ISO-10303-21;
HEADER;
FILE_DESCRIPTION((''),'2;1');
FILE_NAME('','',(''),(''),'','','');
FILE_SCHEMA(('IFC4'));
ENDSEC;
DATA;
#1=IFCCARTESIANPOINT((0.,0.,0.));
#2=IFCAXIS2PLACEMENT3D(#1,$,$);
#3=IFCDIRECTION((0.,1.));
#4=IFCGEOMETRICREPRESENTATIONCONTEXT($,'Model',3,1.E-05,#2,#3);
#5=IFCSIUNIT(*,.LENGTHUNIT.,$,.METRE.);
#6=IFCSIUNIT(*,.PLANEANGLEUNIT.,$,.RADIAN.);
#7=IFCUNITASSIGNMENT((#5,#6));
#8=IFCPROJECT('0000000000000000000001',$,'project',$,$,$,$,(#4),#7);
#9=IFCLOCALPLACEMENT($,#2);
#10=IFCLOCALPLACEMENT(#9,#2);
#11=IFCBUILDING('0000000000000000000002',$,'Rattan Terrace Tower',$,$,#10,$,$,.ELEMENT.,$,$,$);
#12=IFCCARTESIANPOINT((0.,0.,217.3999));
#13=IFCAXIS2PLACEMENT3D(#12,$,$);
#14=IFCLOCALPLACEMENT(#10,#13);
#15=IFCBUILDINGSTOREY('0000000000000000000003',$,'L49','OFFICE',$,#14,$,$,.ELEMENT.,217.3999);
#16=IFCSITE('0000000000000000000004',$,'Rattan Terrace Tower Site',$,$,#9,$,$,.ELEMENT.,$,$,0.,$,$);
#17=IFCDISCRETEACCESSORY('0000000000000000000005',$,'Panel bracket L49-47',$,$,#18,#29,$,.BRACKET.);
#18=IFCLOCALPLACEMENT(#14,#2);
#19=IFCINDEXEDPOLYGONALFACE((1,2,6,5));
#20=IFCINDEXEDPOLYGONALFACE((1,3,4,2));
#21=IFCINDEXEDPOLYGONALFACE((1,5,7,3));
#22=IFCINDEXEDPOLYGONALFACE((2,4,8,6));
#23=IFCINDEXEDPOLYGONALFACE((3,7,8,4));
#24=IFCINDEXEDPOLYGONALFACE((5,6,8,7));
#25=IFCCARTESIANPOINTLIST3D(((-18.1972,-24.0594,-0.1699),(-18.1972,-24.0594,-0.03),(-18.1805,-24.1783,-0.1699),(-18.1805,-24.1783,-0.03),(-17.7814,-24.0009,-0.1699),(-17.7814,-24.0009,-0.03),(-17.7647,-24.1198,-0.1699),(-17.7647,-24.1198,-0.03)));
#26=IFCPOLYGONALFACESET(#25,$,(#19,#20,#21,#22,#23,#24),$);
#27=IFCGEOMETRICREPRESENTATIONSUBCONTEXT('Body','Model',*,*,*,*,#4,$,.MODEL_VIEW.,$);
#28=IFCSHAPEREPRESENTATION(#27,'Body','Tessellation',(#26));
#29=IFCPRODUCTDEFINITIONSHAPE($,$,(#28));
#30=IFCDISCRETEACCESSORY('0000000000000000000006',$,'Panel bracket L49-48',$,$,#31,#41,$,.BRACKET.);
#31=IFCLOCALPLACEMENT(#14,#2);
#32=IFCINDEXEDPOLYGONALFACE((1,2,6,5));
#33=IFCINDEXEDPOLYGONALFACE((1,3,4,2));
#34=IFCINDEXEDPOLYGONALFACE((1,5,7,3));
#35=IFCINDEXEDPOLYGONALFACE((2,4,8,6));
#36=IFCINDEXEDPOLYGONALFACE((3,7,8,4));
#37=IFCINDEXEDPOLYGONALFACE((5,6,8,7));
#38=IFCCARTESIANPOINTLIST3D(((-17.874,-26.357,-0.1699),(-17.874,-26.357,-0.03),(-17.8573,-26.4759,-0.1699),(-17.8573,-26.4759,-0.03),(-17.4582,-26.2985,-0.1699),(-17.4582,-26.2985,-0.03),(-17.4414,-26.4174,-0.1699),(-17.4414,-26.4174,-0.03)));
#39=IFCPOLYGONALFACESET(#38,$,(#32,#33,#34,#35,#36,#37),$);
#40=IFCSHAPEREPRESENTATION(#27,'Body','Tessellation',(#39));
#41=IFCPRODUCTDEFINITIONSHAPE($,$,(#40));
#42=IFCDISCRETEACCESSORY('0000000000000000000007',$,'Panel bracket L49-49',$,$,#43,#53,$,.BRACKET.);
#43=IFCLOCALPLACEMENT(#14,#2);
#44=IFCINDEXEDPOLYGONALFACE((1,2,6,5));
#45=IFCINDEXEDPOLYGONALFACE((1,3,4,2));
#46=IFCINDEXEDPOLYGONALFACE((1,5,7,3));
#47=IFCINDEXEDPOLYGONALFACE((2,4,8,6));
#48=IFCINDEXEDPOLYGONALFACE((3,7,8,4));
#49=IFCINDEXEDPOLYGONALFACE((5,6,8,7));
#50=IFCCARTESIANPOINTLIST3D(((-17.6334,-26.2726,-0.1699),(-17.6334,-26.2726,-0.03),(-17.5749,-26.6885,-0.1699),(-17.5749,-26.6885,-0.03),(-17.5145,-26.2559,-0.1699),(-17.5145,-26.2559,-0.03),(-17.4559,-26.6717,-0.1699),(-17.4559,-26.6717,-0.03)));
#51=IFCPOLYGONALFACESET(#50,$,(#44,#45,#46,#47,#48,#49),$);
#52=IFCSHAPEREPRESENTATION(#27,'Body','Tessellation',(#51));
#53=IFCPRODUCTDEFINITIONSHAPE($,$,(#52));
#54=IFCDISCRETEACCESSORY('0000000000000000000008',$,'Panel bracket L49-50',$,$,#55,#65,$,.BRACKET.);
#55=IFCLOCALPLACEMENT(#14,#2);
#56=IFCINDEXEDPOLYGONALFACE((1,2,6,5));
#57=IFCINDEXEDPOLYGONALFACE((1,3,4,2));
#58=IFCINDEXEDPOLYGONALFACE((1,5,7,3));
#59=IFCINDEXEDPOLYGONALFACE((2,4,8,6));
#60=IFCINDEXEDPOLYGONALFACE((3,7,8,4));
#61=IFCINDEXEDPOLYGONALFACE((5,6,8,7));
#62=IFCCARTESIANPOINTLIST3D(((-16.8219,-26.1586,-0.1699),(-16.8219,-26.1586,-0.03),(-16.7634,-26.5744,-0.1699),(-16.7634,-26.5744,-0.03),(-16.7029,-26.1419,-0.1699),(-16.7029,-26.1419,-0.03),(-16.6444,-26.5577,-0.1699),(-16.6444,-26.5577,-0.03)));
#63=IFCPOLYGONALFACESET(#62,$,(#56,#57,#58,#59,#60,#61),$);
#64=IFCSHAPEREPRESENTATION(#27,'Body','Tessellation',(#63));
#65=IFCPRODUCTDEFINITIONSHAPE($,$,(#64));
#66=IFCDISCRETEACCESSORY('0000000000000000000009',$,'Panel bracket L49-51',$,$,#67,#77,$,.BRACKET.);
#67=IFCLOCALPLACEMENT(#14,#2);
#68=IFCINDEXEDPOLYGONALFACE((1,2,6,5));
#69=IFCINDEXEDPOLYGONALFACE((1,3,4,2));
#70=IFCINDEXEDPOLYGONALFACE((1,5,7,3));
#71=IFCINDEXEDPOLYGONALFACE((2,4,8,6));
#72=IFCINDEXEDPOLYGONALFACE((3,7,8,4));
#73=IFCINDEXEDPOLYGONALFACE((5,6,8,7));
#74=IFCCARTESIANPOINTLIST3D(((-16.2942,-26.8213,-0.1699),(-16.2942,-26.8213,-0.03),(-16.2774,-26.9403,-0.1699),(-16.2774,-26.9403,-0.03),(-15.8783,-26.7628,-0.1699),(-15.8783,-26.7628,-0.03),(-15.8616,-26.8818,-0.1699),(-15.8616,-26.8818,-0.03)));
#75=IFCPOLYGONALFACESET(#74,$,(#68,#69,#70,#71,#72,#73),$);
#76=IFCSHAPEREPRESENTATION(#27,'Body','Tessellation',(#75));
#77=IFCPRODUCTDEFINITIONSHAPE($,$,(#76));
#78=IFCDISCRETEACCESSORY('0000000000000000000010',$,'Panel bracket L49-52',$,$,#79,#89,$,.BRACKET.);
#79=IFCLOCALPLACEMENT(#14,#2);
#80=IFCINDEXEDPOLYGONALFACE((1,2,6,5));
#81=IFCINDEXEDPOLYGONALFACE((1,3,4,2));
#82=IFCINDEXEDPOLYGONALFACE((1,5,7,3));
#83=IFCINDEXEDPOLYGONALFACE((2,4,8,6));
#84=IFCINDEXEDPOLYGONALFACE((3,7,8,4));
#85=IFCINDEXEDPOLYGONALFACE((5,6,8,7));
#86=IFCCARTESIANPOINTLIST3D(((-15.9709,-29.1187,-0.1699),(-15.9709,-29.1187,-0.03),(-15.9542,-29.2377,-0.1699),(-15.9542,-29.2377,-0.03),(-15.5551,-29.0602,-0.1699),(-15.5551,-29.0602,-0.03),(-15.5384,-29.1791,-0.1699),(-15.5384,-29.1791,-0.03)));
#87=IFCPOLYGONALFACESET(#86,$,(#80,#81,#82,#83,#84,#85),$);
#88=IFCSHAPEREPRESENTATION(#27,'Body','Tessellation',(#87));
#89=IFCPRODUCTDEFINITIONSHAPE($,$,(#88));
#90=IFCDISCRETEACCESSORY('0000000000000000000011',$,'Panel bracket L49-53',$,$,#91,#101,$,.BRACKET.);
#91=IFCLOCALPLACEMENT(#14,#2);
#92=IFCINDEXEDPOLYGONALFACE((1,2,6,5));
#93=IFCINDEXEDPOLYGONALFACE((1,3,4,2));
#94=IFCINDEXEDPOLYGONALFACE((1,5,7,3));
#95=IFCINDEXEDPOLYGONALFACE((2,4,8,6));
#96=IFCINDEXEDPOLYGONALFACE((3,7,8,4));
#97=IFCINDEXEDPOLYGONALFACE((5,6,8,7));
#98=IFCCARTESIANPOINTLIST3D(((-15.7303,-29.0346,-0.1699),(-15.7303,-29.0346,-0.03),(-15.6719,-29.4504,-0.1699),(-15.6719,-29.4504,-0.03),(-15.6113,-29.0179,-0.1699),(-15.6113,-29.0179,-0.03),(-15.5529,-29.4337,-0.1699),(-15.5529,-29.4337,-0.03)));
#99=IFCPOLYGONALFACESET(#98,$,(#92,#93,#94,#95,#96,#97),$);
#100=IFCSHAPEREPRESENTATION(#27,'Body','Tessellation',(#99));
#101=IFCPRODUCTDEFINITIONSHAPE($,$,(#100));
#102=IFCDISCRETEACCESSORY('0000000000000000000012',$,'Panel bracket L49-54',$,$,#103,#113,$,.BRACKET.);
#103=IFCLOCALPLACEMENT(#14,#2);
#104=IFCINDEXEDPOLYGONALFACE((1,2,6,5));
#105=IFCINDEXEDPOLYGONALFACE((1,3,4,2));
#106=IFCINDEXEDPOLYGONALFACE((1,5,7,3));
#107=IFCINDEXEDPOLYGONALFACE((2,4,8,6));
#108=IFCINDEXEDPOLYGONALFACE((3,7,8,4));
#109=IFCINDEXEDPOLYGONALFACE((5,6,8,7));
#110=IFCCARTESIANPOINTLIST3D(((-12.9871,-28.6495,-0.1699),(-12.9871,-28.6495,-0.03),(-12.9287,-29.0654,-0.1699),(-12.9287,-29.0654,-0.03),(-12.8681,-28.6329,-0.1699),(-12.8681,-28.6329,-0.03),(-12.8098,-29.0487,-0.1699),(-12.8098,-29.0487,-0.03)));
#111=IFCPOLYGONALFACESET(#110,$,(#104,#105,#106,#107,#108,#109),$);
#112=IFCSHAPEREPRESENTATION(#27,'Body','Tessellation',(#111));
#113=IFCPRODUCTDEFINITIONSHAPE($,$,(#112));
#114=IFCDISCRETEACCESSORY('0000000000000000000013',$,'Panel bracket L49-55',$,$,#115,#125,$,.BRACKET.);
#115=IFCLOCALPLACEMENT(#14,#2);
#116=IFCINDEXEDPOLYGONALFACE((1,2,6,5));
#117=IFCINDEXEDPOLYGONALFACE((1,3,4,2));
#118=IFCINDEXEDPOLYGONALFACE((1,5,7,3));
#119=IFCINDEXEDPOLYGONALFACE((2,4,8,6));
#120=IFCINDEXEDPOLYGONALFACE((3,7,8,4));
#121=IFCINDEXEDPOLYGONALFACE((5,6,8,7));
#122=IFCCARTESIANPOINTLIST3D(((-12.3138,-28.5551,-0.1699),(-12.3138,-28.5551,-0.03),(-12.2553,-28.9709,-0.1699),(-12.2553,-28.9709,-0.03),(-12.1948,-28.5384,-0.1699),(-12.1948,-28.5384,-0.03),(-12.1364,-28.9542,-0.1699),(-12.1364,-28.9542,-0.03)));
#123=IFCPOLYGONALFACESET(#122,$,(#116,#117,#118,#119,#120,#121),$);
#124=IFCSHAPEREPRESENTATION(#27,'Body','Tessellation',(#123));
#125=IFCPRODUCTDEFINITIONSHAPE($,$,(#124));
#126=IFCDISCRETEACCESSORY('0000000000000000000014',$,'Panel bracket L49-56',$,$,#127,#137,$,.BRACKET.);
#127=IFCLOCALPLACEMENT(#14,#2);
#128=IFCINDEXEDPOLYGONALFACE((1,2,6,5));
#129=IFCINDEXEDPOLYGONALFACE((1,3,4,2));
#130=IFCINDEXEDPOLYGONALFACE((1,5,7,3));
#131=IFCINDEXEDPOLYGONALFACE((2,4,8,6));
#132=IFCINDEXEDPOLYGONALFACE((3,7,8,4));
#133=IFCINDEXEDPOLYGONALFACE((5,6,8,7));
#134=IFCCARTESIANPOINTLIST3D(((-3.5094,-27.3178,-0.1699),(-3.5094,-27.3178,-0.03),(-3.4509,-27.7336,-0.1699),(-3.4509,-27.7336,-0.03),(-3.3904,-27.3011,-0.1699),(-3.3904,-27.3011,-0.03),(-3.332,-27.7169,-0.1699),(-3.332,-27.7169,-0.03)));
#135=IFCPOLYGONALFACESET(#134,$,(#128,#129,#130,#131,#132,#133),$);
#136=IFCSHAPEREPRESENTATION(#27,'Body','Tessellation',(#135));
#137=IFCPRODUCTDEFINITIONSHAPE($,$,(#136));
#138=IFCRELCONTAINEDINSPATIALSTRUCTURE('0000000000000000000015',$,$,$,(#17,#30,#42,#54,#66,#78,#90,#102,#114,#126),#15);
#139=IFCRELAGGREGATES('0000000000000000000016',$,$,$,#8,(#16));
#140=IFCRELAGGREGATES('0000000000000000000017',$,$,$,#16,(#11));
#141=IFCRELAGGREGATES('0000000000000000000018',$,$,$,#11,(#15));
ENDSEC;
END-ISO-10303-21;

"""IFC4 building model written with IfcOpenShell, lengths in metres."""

from ifc_helpers import new_model, si_unit, direction, frame, origin, origin_2d, place, context, subcontext, project, spatial, rectangle, extrude, element, save


model = new_model("IFC4")

# Units and contexts
model_context = context("Model", 3, precision=1e-05, world=origin(), true_north=direction((0.0, 1.0)))
body_context = subcontext(model_context, "Body", "Model", "MODEL_VIEW")
ifc_project = project(units=[si_unit("LENGTHUNIT", "METRE"), si_unit("PLANEANGLEUNIT", "RADIAN")], contexts=[model_context])

# Site, building, storey
site_placement = place(None, origin())
site = spatial("IfcSite", under=ifc_project, at=site_placement, Name="Rattan Terrace Tower Site", CompositionType="ELEMENT", RefElevation=0.0)
building_placement = place(site_placement, origin())
building = spatial("IfcBuilding", under=site, at=building_placement, Name="Rattan Terrace Tower", CompositionType="ELEMENT")
storey_placement = place(building_placement, frame((0.0, 0.0, 217.3999)))
storey = spatial("IfcBuildingStorey", under=building, at=storey_placement, Name="L49", Description="OFFICE", CompositionType="ELEMENT", Elevation=217.3999)

# Discrete accessories
for number, where, z_axis, x_axis, name in (
    (1, (-17.981, -24.0896, -0.1699), (0.0, 0.0, 1.0), (0.139321, -0.990247, 0.0), "Panel bracket L49-47"),
    (2, (-17.6577, -26.3872, -0.1699), (0.0, 0.0, 1.0), (0.139321, -0.990247, 0.0), "Panel bracket L49-48"),
    (3, (-17.5447, -26.4722, -0.1699), (0.0, 0.0, 1.0), (0.990241, 0.139367, 0.0), "Panel bracket L49-49"),
    (4, (-16.7332, -26.3582, -0.1699), (0.0, 0.0, 1.0), (0.990241, 0.139367, 0.0), "Panel bracket L49-50"),
    (5, (-16.0779, -26.8516, -0.1699), (0.0, 0.0, 1.0), (0.139321, -0.990247, 0.0), "Panel bracket L49-51"),
    (6, (-15.7546, -29.1489, -0.1699), (0.0, 0.0, 1.0), (0.139321, -0.990247, 0.0), "Panel bracket L49-52"),
    (7, (-15.6416, -29.2341, -0.1699), (0.0, 0.0, 1.0), (0.990293, 0.138994, 0.0), "Panel bracket L49-53"),
    (8, (-12.8984, -28.8491, -0.1699), (0.0, 0.0, 1.0), (0.990293, 0.138994, 0.0), "Panel bracket L49-54"),
    (9, (-12.2251, -28.7546, -0.1699), (0.0, 0.0, 1.0), (0.990267, 0.139177, 0.0), "Panel bracket L49-55"),
    (10, (-3.4207, -27.5173, -0.1699), (0.0, 0.0, 1.0), (0.990267, 0.139177, 0.0), "Panel bracket L49-56"),
):
    element("IfcDiscreteAccessory", number, at=place(storey_placement, frame(where, z_axis=z_axis, x_axis=x_axis)), inside=storey, Name=name, PredefinedType="BRACKET", context=body_context, shape_type="SweptSolid", body=[
        extrude(rectangle(XDim=0.1201, YDim=0.4199, at=origin_2d()), origin(), (0.0, 0.0, 1.0), 0.1399),
    ])

save(model, "model.ifc")
